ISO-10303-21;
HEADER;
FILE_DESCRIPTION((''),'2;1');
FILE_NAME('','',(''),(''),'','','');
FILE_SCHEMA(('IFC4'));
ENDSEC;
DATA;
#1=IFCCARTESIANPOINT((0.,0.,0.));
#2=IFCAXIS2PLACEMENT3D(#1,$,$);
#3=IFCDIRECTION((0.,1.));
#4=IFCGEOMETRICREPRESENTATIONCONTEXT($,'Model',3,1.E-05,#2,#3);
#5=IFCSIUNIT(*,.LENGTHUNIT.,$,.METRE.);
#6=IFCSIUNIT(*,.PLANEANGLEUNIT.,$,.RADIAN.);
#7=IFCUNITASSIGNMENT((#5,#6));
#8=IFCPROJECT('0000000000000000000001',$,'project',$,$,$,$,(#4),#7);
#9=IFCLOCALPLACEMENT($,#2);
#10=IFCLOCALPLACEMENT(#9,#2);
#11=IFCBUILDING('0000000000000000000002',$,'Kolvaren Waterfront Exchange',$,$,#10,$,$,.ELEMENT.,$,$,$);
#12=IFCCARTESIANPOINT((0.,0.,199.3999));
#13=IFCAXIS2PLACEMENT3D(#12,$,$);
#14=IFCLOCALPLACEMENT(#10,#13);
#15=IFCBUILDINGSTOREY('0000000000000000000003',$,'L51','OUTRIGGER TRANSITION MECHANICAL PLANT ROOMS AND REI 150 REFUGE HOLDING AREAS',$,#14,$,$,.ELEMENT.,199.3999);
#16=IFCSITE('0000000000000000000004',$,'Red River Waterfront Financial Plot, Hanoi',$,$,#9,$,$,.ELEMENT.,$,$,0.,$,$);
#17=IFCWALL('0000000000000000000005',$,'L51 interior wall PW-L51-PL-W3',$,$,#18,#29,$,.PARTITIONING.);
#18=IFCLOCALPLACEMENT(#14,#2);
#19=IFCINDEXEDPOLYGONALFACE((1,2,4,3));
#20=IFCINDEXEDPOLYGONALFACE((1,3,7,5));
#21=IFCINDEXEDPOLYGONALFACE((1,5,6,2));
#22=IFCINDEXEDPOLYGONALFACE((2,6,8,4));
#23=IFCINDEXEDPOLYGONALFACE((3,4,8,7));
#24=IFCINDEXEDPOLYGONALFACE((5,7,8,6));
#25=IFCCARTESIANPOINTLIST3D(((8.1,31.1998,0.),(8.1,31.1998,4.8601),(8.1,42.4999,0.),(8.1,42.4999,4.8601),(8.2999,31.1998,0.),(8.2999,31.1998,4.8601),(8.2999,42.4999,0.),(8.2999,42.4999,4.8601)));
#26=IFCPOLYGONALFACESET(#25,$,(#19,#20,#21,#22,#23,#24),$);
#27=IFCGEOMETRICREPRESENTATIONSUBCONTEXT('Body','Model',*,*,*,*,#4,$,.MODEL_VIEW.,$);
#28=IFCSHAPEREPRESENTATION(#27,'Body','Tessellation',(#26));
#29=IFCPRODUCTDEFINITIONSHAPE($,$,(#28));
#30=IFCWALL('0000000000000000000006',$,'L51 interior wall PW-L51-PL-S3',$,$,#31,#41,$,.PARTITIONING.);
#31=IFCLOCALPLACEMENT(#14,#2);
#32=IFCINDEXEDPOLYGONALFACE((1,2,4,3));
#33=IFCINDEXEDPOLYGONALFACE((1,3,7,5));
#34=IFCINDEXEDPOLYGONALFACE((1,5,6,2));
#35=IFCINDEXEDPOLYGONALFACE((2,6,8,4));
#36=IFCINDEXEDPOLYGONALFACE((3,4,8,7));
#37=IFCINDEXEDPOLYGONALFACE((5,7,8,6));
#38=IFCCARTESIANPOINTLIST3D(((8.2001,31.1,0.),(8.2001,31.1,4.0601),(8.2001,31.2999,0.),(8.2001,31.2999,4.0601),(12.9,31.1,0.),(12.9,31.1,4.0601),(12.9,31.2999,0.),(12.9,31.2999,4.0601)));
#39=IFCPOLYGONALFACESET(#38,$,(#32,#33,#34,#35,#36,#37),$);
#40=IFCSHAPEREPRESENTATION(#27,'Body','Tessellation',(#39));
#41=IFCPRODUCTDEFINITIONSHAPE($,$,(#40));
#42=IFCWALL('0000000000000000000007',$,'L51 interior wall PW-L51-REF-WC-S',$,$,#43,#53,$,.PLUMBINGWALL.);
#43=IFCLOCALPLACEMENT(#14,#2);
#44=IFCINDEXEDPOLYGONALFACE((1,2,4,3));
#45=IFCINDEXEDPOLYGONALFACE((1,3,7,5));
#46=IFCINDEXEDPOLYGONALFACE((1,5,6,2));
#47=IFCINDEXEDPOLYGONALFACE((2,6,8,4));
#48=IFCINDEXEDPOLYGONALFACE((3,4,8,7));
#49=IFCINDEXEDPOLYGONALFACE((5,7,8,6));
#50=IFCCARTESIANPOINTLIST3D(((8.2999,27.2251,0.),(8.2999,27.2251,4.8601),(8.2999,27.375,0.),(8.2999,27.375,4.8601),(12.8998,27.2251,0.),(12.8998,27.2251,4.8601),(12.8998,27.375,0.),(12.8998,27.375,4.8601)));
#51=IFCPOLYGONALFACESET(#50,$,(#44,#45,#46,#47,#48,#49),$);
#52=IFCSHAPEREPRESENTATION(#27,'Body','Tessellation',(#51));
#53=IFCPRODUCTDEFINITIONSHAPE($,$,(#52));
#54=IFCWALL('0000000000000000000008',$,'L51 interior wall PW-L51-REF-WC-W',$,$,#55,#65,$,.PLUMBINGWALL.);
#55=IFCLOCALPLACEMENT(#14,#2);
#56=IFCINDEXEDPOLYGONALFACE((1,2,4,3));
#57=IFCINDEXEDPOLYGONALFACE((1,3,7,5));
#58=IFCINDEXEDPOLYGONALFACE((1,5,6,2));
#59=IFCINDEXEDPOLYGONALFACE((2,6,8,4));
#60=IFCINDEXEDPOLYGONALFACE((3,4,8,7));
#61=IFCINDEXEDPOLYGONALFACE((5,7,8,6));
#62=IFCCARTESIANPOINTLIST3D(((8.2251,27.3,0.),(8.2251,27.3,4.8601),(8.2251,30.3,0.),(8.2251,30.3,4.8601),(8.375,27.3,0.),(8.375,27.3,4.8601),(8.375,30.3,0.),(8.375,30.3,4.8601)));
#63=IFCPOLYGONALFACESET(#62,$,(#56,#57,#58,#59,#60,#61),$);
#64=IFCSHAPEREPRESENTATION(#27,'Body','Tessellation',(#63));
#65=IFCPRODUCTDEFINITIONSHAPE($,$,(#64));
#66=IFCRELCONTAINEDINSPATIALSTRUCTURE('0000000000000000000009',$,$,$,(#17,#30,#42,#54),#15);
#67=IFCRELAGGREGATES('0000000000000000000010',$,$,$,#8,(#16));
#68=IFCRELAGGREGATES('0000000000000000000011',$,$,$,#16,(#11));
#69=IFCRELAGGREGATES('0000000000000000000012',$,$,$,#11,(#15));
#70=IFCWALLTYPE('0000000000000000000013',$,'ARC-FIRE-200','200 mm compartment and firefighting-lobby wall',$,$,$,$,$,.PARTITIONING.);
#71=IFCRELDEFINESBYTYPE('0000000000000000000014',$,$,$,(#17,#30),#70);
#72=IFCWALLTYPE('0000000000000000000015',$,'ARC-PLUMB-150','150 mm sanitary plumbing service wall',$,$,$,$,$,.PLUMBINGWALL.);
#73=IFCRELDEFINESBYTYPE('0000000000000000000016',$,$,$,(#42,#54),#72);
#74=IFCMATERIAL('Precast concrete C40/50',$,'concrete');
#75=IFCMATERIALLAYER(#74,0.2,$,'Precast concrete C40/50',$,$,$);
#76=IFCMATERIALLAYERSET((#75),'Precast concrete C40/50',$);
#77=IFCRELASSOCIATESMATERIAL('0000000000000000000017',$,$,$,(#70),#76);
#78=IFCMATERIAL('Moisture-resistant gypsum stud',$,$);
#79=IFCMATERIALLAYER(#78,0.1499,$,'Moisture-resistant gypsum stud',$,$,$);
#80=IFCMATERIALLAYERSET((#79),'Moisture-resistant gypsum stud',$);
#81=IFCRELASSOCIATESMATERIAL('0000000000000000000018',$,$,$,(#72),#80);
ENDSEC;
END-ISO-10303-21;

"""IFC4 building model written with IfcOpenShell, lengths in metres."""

from ifc_helpers import new_model, si_unit, direction, frame, frame_2d, origin, place, context, subcontext, project, spatial, rectangle, extrude, material, layer, layer_set, type_object, element, save


model = new_model("IFC4")

# Units and contexts
model_context = context("Model", 3, precision=1e-05, world=origin(), true_north=direction((0.0, 1.0)))
body_context = subcontext(model_context, "Body", "Model", "MODEL_VIEW")
ifc_project = project(units=[si_unit("LENGTHUNIT", "METRE"), si_unit("PLANEANGLEUNIT", "RADIAN")], contexts=[model_context])

# Site, building, storey
site_placement = place(None, origin())
site = spatial("IfcSite", under=ifc_project, at=site_placement, Name="Red River Waterfront Financial Plot, Hanoi", CompositionType="ELEMENT", RefElevation=0.0)
building_placement = place(site_placement, origin())
building = spatial("IfcBuilding", under=site, at=building_placement, Name="Kolvaren Waterfront Exchange", CompositionType="ELEMENT")
storey_placement = place(building_placement, frame((0.0, 0.0, 199.3999)))
storey = spatial("IfcBuildingStorey", under=building, at=storey_placement, Name="L51", Description="OUTRIGGER TRANSITION MECHANICAL PLANT ROOMS AND REI 150 REFUGE HOLDING AREAS", CompositionType="ELEMENT", Elevation=199.3999)

# Walls
ifc_material_1 = material(Name="Precast concrete C40/50", Category="concrete")
ifc_layer_1 = layer(ifc_material_1, 0.2, Name="Precast concrete C40/50")
ifc_layer_set_1 = layer_set([ifc_layer_1], Name="Precast concrete C40/50")
wall_type_1 = type_object("IfcWallType", Name="ARC-FIRE-200", Description="200 mm compartment and firefighting-lobby wall", PredefinedType="PARTITIONING", material=ifc_layer_set_1)
wall_1_placement = place(storey_placement, frame((8.2, 31.2, 0.0), z_axis=(0.0, 0.0, 1.0), x_axis=(0.0, 1.0, 0.0)))
element("IfcWall", 1, at=wall_1_placement, inside=storey, type_object=wall_type_1, Name="L51 interior wall PW-L51-PL-W3", PredefinedType="PARTITIONING", context=body_context, shape_type="SweptSolid", body=[
    extrude(rectangle(XDim=11.3, YDim=0.2, at=frame_2d((5.6499, 0.0))), origin(), (0.0, 0.0, 1.0), 4.8601),
])
wall_2_placement = place(storey_placement, frame((8.2, 31.2, 0.0), z_axis=(0.0, 0.0, 1.0), x_axis=(1.0, 0.0, 0.0)))
element("IfcWall", 2, at=wall_2_placement, inside=storey, type_object=wall_type_1, Name="L51 interior wall PW-L51-PL-S3", PredefinedType="PARTITIONING", context=body_context, shape_type="SweptSolid", body=[
    extrude(rectangle(XDim=4.7, YDim=0.2, at=frame_2d((2.3501, 0.0))), origin(), (0.0, 0.0, 1.0), 4.0601),
])
ifc_material_2 = material(Name="Moisture-resistant gypsum stud")
ifc_layer_2 = layer(ifc_material_2, 0.1499, Name="Moisture-resistant gypsum stud")
ifc_layer_set_2 = layer_set([ifc_layer_2], Name="Moisture-resistant gypsum stud")
wall_type_2 = type_object("IfcWallType", Name="ARC-PLUMB-150", Description="150 mm sanitary plumbing service wall", PredefinedType="PLUMBINGWALL", material=ifc_layer_set_2)
wall_3_placement = place(storey_placement, frame((8.3, 27.3, 0.0), z_axis=(0.0, 0.0, 1.0), x_axis=(1.0, 0.0, 0.0)))
element("IfcWall", 3, at=wall_3_placement, inside=storey, type_object=wall_type_2, Name="L51 interior wall PW-L51-REF-WC-S", PredefinedType="PLUMBINGWALL", context=body_context, shape_type="SweptSolid", body=[
    extrude(rectangle(XDim=4.5999, YDim=0.1499, at=frame_2d((2.2998, 0.0))), origin(), (0.0, 0.0, 1.0), 4.8601),
])
wall_4_placement = place(storey_placement, frame((8.3, 27.3, 0.0), z_axis=(0.0, 0.0, 1.0), x_axis=(0.0, 1.0, 0.0)))
element("IfcWall", 4, at=wall_4_placement, inside=storey, type_object=wall_type_2, Name="L51 interior wall PW-L51-REF-WC-W", PredefinedType="PLUMBINGWALL", context=body_context, shape_type="SweptSolid", body=[
    extrude(rectangle(XDim=3.0, YDim=0.1499, at=frame_2d((1.5, 0.0))), origin(), (0.0, 0.0, 1.0), 4.8601),
])

save(model, "model.ifc")
